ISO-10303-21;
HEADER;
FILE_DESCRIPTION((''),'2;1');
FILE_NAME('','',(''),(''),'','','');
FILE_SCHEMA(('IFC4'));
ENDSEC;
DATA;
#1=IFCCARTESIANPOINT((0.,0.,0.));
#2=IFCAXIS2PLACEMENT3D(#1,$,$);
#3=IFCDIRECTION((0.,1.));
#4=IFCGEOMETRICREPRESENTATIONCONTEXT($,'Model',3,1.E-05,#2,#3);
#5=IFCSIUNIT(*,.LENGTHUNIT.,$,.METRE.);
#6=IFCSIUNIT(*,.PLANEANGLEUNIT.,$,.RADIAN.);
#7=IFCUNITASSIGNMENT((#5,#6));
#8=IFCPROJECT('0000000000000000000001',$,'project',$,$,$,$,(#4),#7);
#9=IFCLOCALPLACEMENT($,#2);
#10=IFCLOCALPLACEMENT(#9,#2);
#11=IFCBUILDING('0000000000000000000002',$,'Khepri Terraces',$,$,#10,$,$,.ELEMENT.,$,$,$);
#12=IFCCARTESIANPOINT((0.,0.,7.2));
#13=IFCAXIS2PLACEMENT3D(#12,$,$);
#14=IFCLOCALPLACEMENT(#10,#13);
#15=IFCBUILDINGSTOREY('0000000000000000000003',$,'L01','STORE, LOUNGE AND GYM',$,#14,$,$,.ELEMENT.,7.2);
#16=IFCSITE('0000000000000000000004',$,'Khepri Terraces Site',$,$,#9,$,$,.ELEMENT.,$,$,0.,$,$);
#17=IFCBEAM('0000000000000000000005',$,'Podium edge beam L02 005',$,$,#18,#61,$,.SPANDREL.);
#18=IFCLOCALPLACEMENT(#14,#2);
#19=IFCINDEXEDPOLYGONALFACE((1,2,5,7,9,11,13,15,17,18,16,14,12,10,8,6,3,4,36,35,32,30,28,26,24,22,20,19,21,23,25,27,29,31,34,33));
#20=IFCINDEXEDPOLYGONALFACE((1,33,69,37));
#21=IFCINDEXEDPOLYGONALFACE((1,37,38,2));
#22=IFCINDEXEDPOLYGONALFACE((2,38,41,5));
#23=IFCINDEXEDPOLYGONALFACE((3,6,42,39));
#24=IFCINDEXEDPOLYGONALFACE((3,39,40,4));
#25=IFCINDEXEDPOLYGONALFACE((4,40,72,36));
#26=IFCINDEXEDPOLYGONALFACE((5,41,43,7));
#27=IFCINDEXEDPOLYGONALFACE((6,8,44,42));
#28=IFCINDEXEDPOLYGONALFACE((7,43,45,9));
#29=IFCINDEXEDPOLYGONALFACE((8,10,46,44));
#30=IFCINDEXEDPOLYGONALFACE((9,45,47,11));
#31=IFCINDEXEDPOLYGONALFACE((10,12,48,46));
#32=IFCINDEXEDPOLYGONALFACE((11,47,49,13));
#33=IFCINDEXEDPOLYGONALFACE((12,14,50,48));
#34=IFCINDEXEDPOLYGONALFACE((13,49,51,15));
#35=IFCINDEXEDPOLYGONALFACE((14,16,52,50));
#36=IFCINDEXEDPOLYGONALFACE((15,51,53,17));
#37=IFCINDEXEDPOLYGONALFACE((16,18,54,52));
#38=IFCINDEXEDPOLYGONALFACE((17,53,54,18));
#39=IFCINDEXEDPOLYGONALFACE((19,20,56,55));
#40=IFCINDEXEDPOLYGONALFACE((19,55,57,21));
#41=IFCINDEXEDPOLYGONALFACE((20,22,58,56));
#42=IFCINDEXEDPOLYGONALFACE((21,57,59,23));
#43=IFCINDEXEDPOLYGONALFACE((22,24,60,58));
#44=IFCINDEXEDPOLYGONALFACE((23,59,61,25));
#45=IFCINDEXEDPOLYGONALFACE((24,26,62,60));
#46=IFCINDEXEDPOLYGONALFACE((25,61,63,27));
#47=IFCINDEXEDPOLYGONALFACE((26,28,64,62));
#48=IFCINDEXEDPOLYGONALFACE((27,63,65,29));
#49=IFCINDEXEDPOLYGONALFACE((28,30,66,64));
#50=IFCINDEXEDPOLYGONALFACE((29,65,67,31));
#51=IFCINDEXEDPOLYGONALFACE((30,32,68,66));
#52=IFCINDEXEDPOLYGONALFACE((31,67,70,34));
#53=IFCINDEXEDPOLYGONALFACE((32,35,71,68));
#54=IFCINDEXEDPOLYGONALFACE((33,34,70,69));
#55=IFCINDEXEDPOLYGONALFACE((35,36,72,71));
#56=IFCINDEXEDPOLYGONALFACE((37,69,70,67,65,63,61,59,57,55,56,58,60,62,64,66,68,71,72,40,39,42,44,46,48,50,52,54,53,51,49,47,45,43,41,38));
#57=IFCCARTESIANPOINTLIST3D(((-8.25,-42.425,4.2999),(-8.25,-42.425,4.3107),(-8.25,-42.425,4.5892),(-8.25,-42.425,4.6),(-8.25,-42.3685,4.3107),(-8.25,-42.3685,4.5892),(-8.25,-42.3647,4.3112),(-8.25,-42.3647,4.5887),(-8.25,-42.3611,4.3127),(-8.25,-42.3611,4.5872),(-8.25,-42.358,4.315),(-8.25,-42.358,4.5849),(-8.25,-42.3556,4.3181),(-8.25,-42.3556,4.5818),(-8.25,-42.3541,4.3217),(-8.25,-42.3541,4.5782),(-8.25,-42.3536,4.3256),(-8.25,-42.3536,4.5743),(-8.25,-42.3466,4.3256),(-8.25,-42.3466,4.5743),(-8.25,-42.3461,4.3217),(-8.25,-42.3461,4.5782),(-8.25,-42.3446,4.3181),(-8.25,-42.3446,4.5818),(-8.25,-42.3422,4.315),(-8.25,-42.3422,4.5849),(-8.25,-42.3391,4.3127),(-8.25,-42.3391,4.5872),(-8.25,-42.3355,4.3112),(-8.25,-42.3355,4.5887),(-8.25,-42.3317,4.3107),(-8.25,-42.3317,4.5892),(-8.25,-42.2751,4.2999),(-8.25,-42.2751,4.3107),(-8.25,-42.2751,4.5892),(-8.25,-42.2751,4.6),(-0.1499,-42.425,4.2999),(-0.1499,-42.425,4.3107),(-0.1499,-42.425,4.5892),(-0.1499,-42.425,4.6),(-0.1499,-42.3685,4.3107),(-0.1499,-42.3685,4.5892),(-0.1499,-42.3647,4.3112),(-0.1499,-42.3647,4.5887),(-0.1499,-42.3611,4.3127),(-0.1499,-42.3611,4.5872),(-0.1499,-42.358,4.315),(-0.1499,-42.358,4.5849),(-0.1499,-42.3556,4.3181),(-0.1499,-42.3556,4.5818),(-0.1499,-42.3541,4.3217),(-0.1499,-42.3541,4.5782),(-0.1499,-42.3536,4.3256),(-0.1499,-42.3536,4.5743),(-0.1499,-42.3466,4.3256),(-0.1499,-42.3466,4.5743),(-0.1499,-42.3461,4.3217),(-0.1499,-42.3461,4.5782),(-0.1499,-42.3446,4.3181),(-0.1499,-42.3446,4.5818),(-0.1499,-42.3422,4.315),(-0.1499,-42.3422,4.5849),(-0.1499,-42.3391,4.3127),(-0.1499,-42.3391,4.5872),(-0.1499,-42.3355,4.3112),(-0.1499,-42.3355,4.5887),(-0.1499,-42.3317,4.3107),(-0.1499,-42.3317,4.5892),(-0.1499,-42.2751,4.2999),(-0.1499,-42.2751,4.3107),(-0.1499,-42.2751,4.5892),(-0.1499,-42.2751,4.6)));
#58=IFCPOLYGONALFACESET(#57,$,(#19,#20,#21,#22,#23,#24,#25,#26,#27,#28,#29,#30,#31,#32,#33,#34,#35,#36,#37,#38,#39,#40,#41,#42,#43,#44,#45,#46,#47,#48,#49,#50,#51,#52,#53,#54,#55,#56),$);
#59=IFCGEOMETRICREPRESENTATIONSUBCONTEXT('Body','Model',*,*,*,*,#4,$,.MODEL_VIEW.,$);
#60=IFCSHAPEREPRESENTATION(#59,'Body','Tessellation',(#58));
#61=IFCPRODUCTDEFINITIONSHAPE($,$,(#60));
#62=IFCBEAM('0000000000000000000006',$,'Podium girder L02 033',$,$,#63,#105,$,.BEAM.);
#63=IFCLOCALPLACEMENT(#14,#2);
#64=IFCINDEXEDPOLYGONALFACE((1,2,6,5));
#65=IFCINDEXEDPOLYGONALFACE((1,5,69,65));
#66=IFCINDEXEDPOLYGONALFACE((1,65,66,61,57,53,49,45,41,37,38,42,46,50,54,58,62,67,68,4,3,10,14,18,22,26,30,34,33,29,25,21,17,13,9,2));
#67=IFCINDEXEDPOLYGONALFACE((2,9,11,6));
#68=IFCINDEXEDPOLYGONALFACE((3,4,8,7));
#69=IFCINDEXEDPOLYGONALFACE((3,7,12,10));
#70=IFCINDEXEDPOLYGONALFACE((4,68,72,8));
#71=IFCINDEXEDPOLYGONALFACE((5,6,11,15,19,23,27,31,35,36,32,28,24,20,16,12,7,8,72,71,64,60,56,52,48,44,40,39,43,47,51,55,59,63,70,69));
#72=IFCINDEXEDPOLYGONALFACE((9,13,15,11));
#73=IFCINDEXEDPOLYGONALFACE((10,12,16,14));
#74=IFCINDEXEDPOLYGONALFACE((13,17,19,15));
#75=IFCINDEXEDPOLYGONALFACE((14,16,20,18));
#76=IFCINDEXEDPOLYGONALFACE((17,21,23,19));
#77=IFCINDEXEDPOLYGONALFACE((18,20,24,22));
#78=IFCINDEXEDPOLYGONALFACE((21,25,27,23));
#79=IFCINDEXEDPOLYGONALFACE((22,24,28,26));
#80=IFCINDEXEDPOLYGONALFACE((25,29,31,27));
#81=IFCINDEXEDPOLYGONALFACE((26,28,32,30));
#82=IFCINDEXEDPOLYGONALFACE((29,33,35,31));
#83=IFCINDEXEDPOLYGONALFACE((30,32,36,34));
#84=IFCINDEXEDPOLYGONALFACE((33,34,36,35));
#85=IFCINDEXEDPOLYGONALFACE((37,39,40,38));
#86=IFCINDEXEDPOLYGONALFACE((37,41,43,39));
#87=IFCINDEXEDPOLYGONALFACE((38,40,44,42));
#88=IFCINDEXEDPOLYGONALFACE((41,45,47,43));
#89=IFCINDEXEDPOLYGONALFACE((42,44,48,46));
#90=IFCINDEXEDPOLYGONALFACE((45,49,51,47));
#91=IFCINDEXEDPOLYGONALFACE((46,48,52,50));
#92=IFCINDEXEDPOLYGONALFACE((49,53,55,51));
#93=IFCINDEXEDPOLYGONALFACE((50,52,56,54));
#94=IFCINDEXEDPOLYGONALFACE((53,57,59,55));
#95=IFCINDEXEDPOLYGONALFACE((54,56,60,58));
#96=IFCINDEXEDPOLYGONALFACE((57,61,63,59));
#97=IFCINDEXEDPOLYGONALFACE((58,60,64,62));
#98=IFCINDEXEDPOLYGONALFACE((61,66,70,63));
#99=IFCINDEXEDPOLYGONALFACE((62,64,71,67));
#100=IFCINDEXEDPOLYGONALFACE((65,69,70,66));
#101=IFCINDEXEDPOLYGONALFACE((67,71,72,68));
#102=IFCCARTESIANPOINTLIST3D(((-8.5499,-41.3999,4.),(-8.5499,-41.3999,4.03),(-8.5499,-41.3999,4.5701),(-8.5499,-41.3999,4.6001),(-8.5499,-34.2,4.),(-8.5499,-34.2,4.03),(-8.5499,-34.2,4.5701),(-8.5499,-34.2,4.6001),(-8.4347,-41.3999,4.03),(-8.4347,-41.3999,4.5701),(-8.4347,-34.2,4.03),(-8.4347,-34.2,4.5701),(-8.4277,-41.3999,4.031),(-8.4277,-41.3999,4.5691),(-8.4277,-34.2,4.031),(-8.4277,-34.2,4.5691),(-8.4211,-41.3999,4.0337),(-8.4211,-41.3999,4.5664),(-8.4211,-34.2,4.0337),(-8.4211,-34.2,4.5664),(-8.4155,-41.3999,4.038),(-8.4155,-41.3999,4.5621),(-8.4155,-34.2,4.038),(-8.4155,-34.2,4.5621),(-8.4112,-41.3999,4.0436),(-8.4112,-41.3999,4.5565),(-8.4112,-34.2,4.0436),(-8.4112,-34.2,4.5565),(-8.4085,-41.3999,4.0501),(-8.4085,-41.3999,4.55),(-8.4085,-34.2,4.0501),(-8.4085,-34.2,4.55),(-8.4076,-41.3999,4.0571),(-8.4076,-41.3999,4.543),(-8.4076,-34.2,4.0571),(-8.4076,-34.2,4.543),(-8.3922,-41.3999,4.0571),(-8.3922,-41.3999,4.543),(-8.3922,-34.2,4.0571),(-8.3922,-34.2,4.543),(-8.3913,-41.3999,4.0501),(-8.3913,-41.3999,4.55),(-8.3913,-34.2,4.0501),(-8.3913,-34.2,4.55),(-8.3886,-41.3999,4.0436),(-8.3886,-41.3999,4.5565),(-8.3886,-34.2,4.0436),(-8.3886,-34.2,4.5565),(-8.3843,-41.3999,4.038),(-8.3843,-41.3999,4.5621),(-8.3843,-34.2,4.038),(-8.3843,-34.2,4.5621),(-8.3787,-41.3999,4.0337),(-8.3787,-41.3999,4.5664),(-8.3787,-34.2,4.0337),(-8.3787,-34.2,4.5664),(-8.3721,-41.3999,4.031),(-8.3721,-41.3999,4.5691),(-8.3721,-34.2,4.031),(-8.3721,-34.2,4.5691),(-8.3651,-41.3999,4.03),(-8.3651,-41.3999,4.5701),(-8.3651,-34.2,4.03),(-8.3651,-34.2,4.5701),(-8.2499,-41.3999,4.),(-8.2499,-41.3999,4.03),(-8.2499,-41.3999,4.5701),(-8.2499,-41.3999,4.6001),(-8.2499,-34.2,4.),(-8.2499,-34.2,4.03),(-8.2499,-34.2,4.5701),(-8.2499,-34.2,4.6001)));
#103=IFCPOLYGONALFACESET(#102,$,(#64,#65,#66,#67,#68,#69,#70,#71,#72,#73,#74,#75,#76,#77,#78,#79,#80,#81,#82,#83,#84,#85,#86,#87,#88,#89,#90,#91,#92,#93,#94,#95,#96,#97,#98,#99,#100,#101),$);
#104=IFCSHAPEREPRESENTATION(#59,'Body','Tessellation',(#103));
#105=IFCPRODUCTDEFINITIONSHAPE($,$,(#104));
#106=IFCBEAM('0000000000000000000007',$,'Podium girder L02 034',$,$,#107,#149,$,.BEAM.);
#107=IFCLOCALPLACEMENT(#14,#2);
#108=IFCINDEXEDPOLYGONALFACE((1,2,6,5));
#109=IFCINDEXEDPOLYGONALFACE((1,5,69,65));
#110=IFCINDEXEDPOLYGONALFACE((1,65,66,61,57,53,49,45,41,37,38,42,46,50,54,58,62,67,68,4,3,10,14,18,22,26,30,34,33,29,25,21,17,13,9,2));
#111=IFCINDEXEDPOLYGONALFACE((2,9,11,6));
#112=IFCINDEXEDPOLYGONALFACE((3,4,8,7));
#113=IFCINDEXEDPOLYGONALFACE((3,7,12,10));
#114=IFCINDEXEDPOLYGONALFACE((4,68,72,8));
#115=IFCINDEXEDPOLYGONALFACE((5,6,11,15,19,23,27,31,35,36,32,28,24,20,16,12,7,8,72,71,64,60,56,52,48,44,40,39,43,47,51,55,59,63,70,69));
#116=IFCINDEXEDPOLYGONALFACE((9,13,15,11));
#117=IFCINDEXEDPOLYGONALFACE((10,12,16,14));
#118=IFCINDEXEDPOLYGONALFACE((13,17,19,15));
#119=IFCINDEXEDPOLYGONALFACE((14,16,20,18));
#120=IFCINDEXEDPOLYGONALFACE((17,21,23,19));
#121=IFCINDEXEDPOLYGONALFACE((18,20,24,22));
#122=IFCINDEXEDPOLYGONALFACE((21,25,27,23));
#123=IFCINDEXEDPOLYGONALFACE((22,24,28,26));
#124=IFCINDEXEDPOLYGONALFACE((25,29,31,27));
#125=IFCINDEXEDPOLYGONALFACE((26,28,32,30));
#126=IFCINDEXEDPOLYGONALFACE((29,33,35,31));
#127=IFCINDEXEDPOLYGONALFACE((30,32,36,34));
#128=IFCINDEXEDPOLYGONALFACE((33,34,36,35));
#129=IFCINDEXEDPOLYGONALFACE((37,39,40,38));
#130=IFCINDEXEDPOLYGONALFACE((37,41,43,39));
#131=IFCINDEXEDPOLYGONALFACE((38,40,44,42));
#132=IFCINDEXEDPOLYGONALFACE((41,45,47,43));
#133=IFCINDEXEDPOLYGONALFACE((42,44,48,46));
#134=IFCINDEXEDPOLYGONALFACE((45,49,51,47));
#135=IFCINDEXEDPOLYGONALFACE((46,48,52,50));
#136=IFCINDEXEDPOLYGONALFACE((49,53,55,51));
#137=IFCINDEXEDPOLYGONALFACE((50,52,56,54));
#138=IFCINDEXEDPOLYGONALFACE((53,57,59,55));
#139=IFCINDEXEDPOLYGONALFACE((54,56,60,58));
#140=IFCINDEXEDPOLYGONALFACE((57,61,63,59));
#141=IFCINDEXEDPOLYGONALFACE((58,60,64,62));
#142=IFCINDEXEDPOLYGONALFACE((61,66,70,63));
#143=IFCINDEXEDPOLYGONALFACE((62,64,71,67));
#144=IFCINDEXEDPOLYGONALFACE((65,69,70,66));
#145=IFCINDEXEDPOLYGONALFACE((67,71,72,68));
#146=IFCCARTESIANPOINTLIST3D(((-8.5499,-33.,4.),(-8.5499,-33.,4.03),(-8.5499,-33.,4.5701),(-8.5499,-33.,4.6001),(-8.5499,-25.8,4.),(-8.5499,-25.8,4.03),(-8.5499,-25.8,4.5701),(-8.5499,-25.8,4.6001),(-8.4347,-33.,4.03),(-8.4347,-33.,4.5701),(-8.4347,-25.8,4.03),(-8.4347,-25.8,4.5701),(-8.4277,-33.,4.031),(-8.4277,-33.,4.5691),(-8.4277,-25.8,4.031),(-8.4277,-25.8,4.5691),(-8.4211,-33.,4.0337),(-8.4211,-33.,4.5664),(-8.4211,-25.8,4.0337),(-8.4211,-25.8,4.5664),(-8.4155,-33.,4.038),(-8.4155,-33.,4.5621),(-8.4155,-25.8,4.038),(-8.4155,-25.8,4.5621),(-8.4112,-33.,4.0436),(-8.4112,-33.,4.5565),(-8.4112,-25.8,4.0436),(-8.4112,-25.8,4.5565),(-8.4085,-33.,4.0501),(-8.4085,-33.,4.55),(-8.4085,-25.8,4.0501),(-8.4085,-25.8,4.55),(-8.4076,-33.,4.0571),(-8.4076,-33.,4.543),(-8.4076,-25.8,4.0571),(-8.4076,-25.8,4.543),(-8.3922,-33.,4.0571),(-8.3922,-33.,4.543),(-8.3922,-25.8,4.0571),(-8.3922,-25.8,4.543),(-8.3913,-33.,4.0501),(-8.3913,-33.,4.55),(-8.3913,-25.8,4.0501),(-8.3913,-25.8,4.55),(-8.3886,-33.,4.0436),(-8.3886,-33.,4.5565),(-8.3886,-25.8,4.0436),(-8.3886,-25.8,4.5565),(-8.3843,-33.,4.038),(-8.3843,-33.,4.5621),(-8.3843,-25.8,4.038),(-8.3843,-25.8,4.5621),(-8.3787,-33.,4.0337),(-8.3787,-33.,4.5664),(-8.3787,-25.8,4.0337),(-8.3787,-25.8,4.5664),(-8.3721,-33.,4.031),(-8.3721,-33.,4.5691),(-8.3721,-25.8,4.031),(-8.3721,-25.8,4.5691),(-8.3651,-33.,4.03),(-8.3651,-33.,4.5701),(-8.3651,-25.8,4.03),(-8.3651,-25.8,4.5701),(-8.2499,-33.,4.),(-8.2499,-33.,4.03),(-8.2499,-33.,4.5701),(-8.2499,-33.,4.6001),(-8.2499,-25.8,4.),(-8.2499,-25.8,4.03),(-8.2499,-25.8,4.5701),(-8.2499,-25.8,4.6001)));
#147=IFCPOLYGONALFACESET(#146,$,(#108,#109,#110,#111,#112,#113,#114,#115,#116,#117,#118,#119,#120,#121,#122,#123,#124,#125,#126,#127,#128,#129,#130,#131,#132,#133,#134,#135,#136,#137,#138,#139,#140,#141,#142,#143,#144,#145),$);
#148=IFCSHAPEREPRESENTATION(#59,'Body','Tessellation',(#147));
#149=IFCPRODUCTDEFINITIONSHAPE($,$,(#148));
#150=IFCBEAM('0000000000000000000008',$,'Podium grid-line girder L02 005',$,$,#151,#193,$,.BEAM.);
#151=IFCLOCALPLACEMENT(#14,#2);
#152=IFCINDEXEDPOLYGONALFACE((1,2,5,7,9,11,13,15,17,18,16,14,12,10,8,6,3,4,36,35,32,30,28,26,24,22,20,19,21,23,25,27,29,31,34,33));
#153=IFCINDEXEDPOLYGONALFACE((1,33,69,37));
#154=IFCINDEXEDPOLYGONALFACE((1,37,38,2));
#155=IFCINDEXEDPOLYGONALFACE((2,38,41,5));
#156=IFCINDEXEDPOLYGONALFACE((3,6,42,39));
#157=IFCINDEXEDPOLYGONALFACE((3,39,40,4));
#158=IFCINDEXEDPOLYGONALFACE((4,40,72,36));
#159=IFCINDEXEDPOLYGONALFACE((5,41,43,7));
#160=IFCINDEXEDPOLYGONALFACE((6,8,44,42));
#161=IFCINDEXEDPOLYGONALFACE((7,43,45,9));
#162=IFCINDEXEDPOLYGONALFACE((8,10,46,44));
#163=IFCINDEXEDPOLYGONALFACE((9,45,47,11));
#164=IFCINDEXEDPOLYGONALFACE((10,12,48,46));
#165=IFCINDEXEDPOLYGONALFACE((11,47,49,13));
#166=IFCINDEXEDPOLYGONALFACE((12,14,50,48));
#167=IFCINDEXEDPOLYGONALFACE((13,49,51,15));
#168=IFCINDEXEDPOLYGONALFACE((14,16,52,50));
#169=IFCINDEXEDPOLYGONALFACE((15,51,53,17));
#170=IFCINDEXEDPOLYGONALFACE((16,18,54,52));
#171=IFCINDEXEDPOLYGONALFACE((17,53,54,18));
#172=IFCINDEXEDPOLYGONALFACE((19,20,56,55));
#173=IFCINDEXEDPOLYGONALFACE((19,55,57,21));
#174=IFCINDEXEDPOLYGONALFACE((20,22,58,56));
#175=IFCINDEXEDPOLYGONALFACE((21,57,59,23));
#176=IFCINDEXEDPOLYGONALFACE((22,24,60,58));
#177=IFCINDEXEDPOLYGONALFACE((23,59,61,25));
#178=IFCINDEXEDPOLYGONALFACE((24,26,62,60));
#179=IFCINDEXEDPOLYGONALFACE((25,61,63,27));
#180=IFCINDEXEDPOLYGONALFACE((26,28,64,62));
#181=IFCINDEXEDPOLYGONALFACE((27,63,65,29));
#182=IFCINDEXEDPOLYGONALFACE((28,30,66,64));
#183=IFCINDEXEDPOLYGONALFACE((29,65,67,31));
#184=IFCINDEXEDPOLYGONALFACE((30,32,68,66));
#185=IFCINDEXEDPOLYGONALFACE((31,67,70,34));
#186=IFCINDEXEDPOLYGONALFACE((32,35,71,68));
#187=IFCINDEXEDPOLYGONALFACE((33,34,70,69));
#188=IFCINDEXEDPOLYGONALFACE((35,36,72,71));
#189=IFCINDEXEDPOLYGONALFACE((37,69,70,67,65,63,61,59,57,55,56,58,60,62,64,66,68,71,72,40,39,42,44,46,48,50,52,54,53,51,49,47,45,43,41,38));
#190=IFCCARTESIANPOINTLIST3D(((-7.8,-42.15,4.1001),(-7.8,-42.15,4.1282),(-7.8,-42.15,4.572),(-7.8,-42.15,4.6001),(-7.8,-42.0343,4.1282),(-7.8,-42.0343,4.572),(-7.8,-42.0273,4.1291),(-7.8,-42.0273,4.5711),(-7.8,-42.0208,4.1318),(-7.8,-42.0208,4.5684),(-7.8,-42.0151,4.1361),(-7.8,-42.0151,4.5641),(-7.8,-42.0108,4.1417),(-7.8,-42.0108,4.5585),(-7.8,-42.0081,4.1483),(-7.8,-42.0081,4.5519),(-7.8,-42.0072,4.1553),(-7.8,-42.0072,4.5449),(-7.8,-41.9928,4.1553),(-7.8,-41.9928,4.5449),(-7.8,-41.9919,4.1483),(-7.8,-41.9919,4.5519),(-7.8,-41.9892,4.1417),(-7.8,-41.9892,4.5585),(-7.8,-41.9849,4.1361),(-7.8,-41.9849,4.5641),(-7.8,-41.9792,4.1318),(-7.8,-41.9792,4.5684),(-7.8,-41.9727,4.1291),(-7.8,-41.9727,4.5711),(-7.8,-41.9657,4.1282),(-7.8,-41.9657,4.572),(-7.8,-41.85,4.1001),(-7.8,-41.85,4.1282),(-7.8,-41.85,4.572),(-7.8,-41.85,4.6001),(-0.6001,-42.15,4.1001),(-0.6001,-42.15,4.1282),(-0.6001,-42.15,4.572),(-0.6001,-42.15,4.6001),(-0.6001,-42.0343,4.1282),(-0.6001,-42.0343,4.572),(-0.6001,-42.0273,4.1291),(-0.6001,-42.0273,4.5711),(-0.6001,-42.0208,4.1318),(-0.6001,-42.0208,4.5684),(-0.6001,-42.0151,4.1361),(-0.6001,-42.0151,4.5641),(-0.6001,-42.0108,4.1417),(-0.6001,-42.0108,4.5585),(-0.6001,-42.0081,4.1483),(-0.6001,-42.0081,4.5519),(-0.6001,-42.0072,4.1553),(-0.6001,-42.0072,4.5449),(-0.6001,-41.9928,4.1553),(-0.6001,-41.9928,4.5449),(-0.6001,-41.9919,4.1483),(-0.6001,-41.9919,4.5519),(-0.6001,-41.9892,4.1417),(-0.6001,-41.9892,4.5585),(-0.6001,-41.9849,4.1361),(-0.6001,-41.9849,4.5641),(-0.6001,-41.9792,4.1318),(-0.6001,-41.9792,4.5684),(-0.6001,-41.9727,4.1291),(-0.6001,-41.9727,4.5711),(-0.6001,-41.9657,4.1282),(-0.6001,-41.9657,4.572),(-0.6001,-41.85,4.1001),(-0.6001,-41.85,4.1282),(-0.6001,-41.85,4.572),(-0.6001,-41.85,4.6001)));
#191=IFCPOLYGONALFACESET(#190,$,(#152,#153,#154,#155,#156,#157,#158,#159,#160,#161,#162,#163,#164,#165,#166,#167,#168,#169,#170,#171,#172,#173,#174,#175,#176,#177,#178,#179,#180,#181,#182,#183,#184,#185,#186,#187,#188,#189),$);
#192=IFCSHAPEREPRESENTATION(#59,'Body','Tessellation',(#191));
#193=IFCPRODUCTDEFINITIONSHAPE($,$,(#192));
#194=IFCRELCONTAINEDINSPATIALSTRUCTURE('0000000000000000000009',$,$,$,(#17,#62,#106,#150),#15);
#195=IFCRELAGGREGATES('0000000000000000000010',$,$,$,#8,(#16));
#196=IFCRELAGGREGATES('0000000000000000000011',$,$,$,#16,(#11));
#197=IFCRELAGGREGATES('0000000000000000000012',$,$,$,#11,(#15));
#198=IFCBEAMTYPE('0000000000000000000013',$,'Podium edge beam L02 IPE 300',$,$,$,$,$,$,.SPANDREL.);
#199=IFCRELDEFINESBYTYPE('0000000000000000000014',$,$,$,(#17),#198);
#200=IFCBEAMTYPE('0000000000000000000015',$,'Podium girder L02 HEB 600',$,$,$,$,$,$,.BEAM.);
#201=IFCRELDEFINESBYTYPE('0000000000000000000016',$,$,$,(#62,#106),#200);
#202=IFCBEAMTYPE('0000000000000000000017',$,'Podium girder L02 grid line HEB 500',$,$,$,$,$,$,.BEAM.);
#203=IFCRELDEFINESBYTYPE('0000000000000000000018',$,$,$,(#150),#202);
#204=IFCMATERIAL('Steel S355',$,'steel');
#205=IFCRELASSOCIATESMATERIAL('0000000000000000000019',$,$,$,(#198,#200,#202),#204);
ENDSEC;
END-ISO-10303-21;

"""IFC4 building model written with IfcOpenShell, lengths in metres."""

from ifc_helpers import new_model, si_unit, direction, frame, origin, origin_2d, place, context, subcontext, project, spatial, i_section, extrude, material, material_profile, profile_set, type_object, element, save


model = new_model("IFC4")

# Units and contexts
model_context = context("Model", 3, precision=1e-05, world=origin(), true_north=direction((0.0, 1.0)))
body_context = subcontext(model_context, "Body", "Model", "MODEL_VIEW")
ifc_project = project(units=[si_unit("LENGTHUNIT", "METRE"), si_unit("PLANEANGLEUNIT", "RADIAN")], contexts=[model_context])

# Site, building, storey
site_placement = place(None, origin())
site = spatial("IfcSite", under=ifc_project, at=site_placement, Name="Khepri Terraces Site", CompositionType="ELEMENT", RefElevation=0.0)
building_placement = place(site_placement, origin())
building = spatial("IfcBuilding", under=site, at=building_placement, Name="Khepri Terraces", CompositionType="ELEMENT")
storey_placement = place(building_placement, frame((0.0, 0.0, 7.2)))
storey = spatial("IfcBuildingStorey", under=building, at=storey_placement, Name="L01", Description="STORE, LOUNGE AND GYM", CompositionType="ELEMENT", Elevation=7.2)

# Beams
ifc_material_1 = material(Name="Steel S355", Category="steel")
ifc_material_profile_1 = material_profile(ifc_material_1, i_section(OverallWidth=0.1499, OverallDepth=0.3, WebThickness=0.0071, FlangeThickness=0.0107, FilletRadius=0.0149, at=origin_2d()), Name="Steel S355", Category="steel")
ifc_profile_set_1 = profile_set([ifc_material_profile_1], Name="Steel S355")
beam_type_1 = type_object("IfcBeamType", Name="Podium edge beam L02 IPE 300", PredefinedType="SPANDREL", material=ifc_profile_set_1)
beam_placement = place(storey_placement, frame((-8.25, -42.3501, 4.45), z_axis=(1.0, 0.0, 0.0), x_axis=(0.0, 1.0, 0.0)))
element("IfcBeam", 1, at=beam_placement, inside=storey, type_object=beam_type_1, Name="Podium edge beam L02 005", PredefinedType="SPANDREL", context=body_context, shape_type="SweptSolid", body=[
    extrude(i_section(OverallWidth=0.1499, OverallDepth=0.3, WebThickness=0.0071, FlangeThickness=0.0107, FilletRadius=0.0149, at=origin_2d()), origin(), (0.0, 0.0, 1.0), 8.1001),
])
ifc_material_profile_2 = material_profile(ifc_material_1, i_section(OverallWidth=0.3, OverallDepth=0.6001, WebThickness=0.0154, FlangeThickness=0.03, FilletRadius=0.0271, at=origin_2d()), Name="Steel S355", Category="steel")
ifc_profile_set_2 = profile_set([ifc_material_profile_2], Name="Steel S355")
beam_type_2 = type_object("IfcBeamType", Name="Podium girder L02 HEB 600", PredefinedType="BEAM", material=ifc_profile_set_2)
for number, where, z_axis, x_axis, name in (
    (2, (-8.3999, -41.3999, 4.3), (0.0, 1.0, 0.0), (-1.0, 0.0, 0.0), "Podium girder L02 033"),
    (3, (-8.3999, -33.0, 4.3), (0.0, 1.0, 0.0), (-1.0, 0.0, 0.0), "Podium girder L02 034"),
):
    element("IfcBeam", number, at=place(storey_placement, frame(where, z_axis=z_axis, x_axis=x_axis)), inside=storey, type_object=beam_type_2, Name=name, PredefinedType="BEAM", context=body_context, shape_type="SweptSolid", body=[
        extrude(i_section(OverallWidth=0.3, OverallDepth=0.6001, WebThickness=0.0154, FlangeThickness=0.03, FilletRadius=0.0271, at=origin_2d()), origin(), (0.0, 0.0, 1.0), 7.2),
    ])
ifc_material_profile_3 = material_profile(ifc_material_1, i_section(OverallWidth=0.3, OverallDepth=0.5, WebThickness=0.0144, FlangeThickness=0.0281, FilletRadius=0.0271, at=origin_2d()), Name="Steel S355", Category="steel")
ifc_profile_set_3 = profile_set([ifc_material_profile_3], Name="Steel S355")
beam_type_3 = type_object("IfcBeamType", Name="Podium girder L02 grid line HEB 500", PredefinedType="BEAM", material=ifc_profile_set_3)
for number, where, z_axis, x_axis, name in (
    (4, (-7.8, -42.0, 4.3501), (1.0, 0.0, 0.0), (0.0, 1.0, 0.0), "Podium grid-line girder L02 005"),
):
    element("IfcBeam", number, at=place(storey_placement, frame(where, z_axis=z_axis, x_axis=x_axis)), inside=storey, type_object=beam_type_3, Name=name, PredefinedType="BEAM", context=body_context, shape_type="SweptSolid", body=[
        extrude(i_section(OverallWidth=0.3, OverallDepth=0.5, WebThickness=0.0144, FlangeThickness=0.0281, FilletRadius=0.0271, at=origin_2d()), origin(), (0.0, 0.0, 1.0), 7.2),
    ])

save(model, "model.ifc")
